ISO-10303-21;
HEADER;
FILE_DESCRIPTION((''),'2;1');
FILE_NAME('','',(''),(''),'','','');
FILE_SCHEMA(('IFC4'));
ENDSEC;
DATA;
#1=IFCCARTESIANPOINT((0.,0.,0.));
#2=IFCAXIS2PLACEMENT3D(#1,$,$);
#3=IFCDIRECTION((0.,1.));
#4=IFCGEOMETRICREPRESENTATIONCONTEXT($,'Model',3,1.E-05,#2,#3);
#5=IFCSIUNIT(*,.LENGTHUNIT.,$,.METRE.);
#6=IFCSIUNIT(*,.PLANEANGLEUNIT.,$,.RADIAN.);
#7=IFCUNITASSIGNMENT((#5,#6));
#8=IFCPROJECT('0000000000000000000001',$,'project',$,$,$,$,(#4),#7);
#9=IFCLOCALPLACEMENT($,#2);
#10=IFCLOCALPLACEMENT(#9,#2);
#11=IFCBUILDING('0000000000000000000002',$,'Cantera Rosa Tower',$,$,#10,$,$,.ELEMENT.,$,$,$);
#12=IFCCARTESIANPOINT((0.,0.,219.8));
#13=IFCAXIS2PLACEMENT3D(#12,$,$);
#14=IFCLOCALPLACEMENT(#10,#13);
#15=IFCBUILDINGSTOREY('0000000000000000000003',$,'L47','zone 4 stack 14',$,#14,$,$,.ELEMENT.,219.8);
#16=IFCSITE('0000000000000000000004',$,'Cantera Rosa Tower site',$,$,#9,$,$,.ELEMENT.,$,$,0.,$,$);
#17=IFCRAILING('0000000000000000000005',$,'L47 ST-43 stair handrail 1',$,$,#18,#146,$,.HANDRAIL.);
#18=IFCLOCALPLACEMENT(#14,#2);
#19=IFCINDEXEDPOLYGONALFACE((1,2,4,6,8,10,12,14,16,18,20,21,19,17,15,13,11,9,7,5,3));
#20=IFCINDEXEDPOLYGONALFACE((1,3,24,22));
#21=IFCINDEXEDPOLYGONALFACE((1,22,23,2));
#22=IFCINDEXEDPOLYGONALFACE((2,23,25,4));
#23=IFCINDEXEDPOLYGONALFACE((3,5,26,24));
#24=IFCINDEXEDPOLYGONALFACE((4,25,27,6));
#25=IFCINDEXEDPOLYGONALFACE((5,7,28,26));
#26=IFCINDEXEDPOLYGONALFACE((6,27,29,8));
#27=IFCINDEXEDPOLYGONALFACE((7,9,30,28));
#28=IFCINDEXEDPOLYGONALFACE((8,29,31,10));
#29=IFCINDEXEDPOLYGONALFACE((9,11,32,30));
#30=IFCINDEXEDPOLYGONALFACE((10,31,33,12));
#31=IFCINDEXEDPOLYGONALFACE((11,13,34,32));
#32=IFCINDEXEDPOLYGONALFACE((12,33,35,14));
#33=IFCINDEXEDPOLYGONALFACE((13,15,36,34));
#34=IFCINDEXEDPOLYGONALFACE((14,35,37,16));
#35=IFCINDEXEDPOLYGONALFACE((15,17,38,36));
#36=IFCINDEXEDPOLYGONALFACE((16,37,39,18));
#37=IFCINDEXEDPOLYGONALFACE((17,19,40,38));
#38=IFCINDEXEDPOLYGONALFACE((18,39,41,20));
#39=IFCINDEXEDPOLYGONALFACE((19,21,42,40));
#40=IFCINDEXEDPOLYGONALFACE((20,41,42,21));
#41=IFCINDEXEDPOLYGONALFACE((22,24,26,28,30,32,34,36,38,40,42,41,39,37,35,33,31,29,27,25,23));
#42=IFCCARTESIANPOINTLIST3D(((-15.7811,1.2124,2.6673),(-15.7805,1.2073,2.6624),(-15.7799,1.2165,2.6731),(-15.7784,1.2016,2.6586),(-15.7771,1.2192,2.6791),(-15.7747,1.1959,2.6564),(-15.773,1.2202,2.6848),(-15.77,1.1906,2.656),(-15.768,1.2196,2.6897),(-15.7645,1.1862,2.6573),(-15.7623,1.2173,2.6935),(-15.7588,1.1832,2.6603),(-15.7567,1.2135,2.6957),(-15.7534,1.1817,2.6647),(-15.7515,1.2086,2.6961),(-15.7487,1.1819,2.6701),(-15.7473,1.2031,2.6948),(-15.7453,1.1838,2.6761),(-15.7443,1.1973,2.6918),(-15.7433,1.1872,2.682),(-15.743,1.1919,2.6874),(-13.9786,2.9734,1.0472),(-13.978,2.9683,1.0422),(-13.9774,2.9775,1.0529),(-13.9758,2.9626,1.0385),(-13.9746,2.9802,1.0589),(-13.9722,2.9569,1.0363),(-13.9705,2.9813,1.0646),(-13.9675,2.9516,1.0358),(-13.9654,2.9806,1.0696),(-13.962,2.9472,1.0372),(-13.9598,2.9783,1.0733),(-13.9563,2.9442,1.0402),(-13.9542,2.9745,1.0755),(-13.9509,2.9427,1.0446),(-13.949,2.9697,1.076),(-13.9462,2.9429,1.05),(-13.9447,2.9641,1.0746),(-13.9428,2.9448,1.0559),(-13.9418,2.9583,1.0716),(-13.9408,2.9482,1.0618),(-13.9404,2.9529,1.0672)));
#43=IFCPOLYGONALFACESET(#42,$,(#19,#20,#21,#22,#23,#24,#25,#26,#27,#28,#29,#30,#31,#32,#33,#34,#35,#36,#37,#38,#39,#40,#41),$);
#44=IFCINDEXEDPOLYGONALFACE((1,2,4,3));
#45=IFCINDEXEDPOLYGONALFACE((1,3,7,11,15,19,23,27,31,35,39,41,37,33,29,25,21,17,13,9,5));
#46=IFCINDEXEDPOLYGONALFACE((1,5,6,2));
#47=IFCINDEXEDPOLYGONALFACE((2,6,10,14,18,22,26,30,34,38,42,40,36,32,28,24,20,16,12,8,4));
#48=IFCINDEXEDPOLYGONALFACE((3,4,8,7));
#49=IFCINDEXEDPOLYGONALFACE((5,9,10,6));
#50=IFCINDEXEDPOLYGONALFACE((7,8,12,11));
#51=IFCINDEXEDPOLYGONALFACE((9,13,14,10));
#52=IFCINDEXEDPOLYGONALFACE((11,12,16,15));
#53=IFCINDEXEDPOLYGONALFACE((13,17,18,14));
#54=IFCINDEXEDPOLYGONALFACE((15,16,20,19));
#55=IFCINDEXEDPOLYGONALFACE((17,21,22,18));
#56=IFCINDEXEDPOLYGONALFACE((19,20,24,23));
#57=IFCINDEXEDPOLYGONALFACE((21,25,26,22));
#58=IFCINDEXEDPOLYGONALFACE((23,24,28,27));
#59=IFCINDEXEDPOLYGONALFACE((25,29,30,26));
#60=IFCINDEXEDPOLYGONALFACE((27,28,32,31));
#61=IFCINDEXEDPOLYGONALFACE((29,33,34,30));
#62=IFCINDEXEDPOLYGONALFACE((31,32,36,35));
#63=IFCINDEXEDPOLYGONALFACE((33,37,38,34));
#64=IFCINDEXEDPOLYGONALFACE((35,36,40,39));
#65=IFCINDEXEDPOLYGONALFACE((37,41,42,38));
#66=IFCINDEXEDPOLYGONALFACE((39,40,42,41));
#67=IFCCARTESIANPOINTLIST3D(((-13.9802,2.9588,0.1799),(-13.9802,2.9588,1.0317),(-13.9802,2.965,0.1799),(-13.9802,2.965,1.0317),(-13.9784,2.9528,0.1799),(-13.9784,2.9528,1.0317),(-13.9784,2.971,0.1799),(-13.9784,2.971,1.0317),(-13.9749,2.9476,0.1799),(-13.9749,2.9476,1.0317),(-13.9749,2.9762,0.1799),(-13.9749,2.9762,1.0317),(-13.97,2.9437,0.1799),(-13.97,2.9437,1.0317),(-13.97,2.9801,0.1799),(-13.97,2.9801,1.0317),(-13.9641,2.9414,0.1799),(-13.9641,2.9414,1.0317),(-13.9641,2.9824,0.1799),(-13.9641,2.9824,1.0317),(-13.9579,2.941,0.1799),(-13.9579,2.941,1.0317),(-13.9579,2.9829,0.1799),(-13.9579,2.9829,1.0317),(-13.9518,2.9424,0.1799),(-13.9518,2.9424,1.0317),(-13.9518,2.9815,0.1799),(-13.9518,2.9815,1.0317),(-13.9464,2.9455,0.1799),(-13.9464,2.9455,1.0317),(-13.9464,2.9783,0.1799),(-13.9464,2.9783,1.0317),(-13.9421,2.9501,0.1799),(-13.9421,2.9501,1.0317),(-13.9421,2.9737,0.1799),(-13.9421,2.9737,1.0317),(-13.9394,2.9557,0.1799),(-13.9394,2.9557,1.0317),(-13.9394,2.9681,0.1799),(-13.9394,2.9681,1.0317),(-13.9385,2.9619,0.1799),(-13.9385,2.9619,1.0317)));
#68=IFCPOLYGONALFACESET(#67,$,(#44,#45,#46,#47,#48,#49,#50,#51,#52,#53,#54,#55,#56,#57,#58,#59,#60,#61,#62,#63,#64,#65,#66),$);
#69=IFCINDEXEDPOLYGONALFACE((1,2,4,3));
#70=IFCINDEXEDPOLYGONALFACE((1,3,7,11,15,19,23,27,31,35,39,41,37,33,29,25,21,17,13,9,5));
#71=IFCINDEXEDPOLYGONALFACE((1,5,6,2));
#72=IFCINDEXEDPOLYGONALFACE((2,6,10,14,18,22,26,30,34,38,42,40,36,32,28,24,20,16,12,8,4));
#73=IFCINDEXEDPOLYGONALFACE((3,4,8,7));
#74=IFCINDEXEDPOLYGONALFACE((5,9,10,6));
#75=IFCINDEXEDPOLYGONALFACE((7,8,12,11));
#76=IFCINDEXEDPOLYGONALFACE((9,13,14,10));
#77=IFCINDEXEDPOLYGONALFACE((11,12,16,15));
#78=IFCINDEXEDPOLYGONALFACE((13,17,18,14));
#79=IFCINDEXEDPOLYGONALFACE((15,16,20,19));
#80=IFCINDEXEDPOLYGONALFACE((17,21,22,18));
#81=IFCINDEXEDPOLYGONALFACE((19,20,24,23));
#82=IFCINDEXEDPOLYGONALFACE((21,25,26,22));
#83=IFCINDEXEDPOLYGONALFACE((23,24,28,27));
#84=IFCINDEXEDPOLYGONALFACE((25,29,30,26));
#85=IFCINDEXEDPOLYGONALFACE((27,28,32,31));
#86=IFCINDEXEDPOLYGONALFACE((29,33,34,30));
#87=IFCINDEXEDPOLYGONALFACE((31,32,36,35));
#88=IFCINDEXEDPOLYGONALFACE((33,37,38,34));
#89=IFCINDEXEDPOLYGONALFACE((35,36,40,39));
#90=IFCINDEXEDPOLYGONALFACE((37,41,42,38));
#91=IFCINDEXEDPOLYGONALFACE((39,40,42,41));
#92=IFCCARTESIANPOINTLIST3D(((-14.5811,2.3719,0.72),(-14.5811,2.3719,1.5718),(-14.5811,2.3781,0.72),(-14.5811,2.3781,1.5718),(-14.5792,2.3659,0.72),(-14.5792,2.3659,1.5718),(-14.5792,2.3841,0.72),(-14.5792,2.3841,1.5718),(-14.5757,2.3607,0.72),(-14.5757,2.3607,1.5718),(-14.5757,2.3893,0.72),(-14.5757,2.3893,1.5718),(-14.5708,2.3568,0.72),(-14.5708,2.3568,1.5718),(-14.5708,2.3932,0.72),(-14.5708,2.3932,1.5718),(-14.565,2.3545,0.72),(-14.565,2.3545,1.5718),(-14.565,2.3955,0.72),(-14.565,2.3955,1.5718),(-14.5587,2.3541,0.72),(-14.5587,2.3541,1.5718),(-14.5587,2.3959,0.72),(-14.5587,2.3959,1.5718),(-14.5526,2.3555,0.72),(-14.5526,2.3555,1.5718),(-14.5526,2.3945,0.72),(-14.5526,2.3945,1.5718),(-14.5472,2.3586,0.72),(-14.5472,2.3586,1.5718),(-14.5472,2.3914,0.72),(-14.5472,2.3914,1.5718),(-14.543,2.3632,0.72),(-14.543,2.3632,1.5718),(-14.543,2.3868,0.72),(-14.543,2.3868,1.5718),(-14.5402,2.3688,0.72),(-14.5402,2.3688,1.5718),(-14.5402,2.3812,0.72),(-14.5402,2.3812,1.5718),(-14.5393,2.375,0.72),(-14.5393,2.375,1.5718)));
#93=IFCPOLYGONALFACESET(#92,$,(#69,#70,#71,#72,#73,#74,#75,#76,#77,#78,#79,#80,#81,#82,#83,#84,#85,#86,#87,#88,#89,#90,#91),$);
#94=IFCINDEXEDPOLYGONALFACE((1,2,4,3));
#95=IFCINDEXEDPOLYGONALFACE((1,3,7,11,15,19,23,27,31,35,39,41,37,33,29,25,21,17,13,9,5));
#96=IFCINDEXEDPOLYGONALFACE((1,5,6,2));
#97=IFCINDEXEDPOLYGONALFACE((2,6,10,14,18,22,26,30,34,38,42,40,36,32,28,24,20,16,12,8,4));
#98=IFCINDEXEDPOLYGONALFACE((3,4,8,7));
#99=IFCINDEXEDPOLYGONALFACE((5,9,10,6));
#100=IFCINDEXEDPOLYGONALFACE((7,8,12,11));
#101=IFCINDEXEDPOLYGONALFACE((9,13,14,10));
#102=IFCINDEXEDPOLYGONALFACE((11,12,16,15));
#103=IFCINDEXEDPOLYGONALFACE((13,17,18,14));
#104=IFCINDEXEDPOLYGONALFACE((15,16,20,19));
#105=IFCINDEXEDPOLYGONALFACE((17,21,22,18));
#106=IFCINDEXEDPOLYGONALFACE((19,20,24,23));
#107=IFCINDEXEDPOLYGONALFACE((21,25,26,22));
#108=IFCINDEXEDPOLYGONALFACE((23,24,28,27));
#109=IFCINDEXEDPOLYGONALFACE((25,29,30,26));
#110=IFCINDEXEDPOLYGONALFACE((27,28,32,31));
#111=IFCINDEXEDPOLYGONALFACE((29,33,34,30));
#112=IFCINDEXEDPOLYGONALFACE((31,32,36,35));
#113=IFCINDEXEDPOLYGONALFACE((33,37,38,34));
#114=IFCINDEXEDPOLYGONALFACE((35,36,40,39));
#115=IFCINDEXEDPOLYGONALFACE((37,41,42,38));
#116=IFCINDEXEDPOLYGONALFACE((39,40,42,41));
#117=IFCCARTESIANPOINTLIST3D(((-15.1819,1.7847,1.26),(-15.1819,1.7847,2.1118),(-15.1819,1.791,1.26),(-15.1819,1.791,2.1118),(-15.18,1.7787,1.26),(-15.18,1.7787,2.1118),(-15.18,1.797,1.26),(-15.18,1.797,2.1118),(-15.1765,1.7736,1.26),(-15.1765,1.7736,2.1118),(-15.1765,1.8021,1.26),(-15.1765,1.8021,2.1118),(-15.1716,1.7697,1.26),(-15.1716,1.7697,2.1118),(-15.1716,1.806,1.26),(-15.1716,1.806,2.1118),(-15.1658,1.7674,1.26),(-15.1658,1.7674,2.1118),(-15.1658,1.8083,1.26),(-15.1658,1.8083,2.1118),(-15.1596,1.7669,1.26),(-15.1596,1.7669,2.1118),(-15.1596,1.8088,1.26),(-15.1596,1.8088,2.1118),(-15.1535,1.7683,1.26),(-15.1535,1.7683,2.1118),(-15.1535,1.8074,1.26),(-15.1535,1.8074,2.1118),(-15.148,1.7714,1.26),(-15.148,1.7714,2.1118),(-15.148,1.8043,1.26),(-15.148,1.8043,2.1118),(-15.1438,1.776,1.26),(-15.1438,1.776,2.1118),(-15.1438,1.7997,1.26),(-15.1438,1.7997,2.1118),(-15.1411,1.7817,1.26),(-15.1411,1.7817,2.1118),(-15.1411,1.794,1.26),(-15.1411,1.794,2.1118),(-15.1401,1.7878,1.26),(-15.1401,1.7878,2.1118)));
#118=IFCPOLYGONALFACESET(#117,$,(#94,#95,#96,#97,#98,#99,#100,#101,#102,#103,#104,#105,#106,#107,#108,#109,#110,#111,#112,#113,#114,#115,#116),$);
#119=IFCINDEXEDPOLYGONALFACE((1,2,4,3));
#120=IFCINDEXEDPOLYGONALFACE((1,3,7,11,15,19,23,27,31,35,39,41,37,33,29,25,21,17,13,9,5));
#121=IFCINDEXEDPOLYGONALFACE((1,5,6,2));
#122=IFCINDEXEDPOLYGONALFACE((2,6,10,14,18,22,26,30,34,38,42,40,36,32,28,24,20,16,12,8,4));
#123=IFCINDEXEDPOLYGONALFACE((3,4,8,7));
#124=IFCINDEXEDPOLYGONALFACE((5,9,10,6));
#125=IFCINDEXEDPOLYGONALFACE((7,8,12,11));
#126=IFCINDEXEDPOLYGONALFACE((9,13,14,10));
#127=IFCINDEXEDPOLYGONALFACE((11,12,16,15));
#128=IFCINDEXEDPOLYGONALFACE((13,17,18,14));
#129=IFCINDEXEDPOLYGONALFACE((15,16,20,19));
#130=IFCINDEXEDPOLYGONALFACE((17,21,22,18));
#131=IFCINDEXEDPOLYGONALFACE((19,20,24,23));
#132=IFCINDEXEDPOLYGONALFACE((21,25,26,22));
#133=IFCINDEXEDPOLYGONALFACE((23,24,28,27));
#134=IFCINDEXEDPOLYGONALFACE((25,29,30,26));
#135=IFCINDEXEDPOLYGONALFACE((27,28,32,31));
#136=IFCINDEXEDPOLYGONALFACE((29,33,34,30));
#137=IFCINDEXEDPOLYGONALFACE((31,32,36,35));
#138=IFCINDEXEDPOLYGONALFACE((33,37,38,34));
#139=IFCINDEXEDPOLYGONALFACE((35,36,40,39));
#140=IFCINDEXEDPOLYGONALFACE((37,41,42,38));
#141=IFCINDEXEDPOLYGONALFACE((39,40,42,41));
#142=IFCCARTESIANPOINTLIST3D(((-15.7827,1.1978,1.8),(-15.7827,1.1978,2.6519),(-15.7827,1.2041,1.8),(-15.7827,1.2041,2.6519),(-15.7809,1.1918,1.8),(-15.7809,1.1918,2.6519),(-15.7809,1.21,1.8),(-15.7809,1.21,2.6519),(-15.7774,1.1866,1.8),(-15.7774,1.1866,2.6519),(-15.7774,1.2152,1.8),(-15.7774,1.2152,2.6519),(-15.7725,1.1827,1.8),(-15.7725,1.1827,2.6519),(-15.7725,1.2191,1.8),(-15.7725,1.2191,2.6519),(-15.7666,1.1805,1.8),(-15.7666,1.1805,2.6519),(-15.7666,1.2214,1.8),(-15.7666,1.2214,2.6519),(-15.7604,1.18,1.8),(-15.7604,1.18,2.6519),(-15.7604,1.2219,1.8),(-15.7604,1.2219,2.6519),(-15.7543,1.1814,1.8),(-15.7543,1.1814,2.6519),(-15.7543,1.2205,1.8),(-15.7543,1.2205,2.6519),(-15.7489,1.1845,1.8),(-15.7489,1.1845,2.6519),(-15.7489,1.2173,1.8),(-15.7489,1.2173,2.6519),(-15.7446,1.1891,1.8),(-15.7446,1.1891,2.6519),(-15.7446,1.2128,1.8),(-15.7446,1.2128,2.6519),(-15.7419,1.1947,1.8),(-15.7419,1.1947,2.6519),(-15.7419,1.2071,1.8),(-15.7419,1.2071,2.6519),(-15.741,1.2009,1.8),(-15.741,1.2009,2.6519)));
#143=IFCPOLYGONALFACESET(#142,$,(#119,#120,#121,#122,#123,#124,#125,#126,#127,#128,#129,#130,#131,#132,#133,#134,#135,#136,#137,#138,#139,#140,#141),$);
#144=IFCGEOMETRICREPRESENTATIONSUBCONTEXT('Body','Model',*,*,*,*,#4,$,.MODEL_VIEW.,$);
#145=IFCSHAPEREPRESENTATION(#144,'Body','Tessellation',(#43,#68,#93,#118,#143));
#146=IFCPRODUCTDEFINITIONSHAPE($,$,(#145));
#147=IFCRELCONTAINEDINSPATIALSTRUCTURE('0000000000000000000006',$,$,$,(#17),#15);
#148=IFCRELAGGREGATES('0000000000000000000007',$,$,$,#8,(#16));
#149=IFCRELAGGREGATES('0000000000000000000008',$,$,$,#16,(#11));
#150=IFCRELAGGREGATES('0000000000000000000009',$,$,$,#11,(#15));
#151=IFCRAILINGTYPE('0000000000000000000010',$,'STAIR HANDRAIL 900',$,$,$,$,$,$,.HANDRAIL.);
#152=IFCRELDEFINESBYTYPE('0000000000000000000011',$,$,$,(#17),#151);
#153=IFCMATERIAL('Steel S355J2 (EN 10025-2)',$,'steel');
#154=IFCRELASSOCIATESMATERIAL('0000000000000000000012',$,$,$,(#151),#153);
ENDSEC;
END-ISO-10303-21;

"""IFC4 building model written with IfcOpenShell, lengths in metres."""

from ifc_helpers import new_model, si_unit, direction, frame, origin, origin_2d, place, context, subcontext, project, spatial, circle, extrude, material, type_object, element, save


model = new_model("IFC4")

# Units and contexts
model_context = context("Model", 3, precision=1e-05, world=origin(), true_north=direction((0.0, 1.0)))
body_context = subcontext(model_context, "Body", "Model", "MODEL_VIEW")
ifc_project = project(units=[si_unit("LENGTHUNIT", "METRE"), si_unit("PLANEANGLEUNIT", "RADIAN")], contexts=[model_context])

# Site, building, storey
site_placement = place(None, origin())
site = spatial("IfcSite", under=ifc_project, at=site_placement, Name="Cantera Rosa Tower site", CompositionType="ELEMENT", RefElevation=0.0)
building_placement = place(site_placement, origin())
building = spatial("IfcBuilding", under=site, at=building_placement, Name="Cantera Rosa Tower", CompositionType="ELEMENT")
storey_placement = place(building_placement, frame((0.0, 0.0, 219.8)))
storey = spatial("IfcBuildingStorey", under=building, at=storey_placement, Name="L47", Description="zone 4 stack 14", CompositionType="ELEMENT", Elevation=219.8)

# Railing
ifc_material_1 = material(Name="Steel S355J2 (EN 10025-2)", Category="steel")
railing_type_1 = type_object("IfcRailingType", Name="STAIR HANDRAIL 900", PredefinedType="HANDRAIL", material=ifc_material_1)
railing_1_placement = place(storey_placement, frame((-13.9595, 2.9619, 0.1799)))
element("IfcRailing", 1, at=railing_1_placement, inside=storey, type_object=railing_type_1, Name="L47 ST-43 stair handrail 1", PredefinedType="HANDRAIL", context=body_context, shape_type="SweptSolid", body=[
    extrude(circle(Radius=0.0239, at=origin_2d()), frame((0.0, 0.0, 0.876), z_axis=(-0.601672, -0.587818, 0.540796), x_axis=(0.698824, -0.715294, 0.0)), (0.0, 0.0, 1.0), 2.9958),
    extrude(circle(Radius=0.021, at=origin_2d()), origin(), (0.0, 0.0, 1.0), 0.8518),
    extrude(circle(Radius=0.021, at=origin_2d()), frame((-0.6008, -0.5869, 0.54)), (0.0, 0.0, 1.0), 0.8518),
    extrude(circle(Radius=0.021, at=origin_2d()), frame((-1.2017, -1.1741, 1.0801)), (0.0, 0.0, 1.0), 0.8518),
    extrude(circle(Radius=0.021, at=origin_2d()), frame((-1.8025, -1.761, 1.6201)), (0.0, 0.0, 1.0), 0.8518),
])

save(model, "model.ifc")
